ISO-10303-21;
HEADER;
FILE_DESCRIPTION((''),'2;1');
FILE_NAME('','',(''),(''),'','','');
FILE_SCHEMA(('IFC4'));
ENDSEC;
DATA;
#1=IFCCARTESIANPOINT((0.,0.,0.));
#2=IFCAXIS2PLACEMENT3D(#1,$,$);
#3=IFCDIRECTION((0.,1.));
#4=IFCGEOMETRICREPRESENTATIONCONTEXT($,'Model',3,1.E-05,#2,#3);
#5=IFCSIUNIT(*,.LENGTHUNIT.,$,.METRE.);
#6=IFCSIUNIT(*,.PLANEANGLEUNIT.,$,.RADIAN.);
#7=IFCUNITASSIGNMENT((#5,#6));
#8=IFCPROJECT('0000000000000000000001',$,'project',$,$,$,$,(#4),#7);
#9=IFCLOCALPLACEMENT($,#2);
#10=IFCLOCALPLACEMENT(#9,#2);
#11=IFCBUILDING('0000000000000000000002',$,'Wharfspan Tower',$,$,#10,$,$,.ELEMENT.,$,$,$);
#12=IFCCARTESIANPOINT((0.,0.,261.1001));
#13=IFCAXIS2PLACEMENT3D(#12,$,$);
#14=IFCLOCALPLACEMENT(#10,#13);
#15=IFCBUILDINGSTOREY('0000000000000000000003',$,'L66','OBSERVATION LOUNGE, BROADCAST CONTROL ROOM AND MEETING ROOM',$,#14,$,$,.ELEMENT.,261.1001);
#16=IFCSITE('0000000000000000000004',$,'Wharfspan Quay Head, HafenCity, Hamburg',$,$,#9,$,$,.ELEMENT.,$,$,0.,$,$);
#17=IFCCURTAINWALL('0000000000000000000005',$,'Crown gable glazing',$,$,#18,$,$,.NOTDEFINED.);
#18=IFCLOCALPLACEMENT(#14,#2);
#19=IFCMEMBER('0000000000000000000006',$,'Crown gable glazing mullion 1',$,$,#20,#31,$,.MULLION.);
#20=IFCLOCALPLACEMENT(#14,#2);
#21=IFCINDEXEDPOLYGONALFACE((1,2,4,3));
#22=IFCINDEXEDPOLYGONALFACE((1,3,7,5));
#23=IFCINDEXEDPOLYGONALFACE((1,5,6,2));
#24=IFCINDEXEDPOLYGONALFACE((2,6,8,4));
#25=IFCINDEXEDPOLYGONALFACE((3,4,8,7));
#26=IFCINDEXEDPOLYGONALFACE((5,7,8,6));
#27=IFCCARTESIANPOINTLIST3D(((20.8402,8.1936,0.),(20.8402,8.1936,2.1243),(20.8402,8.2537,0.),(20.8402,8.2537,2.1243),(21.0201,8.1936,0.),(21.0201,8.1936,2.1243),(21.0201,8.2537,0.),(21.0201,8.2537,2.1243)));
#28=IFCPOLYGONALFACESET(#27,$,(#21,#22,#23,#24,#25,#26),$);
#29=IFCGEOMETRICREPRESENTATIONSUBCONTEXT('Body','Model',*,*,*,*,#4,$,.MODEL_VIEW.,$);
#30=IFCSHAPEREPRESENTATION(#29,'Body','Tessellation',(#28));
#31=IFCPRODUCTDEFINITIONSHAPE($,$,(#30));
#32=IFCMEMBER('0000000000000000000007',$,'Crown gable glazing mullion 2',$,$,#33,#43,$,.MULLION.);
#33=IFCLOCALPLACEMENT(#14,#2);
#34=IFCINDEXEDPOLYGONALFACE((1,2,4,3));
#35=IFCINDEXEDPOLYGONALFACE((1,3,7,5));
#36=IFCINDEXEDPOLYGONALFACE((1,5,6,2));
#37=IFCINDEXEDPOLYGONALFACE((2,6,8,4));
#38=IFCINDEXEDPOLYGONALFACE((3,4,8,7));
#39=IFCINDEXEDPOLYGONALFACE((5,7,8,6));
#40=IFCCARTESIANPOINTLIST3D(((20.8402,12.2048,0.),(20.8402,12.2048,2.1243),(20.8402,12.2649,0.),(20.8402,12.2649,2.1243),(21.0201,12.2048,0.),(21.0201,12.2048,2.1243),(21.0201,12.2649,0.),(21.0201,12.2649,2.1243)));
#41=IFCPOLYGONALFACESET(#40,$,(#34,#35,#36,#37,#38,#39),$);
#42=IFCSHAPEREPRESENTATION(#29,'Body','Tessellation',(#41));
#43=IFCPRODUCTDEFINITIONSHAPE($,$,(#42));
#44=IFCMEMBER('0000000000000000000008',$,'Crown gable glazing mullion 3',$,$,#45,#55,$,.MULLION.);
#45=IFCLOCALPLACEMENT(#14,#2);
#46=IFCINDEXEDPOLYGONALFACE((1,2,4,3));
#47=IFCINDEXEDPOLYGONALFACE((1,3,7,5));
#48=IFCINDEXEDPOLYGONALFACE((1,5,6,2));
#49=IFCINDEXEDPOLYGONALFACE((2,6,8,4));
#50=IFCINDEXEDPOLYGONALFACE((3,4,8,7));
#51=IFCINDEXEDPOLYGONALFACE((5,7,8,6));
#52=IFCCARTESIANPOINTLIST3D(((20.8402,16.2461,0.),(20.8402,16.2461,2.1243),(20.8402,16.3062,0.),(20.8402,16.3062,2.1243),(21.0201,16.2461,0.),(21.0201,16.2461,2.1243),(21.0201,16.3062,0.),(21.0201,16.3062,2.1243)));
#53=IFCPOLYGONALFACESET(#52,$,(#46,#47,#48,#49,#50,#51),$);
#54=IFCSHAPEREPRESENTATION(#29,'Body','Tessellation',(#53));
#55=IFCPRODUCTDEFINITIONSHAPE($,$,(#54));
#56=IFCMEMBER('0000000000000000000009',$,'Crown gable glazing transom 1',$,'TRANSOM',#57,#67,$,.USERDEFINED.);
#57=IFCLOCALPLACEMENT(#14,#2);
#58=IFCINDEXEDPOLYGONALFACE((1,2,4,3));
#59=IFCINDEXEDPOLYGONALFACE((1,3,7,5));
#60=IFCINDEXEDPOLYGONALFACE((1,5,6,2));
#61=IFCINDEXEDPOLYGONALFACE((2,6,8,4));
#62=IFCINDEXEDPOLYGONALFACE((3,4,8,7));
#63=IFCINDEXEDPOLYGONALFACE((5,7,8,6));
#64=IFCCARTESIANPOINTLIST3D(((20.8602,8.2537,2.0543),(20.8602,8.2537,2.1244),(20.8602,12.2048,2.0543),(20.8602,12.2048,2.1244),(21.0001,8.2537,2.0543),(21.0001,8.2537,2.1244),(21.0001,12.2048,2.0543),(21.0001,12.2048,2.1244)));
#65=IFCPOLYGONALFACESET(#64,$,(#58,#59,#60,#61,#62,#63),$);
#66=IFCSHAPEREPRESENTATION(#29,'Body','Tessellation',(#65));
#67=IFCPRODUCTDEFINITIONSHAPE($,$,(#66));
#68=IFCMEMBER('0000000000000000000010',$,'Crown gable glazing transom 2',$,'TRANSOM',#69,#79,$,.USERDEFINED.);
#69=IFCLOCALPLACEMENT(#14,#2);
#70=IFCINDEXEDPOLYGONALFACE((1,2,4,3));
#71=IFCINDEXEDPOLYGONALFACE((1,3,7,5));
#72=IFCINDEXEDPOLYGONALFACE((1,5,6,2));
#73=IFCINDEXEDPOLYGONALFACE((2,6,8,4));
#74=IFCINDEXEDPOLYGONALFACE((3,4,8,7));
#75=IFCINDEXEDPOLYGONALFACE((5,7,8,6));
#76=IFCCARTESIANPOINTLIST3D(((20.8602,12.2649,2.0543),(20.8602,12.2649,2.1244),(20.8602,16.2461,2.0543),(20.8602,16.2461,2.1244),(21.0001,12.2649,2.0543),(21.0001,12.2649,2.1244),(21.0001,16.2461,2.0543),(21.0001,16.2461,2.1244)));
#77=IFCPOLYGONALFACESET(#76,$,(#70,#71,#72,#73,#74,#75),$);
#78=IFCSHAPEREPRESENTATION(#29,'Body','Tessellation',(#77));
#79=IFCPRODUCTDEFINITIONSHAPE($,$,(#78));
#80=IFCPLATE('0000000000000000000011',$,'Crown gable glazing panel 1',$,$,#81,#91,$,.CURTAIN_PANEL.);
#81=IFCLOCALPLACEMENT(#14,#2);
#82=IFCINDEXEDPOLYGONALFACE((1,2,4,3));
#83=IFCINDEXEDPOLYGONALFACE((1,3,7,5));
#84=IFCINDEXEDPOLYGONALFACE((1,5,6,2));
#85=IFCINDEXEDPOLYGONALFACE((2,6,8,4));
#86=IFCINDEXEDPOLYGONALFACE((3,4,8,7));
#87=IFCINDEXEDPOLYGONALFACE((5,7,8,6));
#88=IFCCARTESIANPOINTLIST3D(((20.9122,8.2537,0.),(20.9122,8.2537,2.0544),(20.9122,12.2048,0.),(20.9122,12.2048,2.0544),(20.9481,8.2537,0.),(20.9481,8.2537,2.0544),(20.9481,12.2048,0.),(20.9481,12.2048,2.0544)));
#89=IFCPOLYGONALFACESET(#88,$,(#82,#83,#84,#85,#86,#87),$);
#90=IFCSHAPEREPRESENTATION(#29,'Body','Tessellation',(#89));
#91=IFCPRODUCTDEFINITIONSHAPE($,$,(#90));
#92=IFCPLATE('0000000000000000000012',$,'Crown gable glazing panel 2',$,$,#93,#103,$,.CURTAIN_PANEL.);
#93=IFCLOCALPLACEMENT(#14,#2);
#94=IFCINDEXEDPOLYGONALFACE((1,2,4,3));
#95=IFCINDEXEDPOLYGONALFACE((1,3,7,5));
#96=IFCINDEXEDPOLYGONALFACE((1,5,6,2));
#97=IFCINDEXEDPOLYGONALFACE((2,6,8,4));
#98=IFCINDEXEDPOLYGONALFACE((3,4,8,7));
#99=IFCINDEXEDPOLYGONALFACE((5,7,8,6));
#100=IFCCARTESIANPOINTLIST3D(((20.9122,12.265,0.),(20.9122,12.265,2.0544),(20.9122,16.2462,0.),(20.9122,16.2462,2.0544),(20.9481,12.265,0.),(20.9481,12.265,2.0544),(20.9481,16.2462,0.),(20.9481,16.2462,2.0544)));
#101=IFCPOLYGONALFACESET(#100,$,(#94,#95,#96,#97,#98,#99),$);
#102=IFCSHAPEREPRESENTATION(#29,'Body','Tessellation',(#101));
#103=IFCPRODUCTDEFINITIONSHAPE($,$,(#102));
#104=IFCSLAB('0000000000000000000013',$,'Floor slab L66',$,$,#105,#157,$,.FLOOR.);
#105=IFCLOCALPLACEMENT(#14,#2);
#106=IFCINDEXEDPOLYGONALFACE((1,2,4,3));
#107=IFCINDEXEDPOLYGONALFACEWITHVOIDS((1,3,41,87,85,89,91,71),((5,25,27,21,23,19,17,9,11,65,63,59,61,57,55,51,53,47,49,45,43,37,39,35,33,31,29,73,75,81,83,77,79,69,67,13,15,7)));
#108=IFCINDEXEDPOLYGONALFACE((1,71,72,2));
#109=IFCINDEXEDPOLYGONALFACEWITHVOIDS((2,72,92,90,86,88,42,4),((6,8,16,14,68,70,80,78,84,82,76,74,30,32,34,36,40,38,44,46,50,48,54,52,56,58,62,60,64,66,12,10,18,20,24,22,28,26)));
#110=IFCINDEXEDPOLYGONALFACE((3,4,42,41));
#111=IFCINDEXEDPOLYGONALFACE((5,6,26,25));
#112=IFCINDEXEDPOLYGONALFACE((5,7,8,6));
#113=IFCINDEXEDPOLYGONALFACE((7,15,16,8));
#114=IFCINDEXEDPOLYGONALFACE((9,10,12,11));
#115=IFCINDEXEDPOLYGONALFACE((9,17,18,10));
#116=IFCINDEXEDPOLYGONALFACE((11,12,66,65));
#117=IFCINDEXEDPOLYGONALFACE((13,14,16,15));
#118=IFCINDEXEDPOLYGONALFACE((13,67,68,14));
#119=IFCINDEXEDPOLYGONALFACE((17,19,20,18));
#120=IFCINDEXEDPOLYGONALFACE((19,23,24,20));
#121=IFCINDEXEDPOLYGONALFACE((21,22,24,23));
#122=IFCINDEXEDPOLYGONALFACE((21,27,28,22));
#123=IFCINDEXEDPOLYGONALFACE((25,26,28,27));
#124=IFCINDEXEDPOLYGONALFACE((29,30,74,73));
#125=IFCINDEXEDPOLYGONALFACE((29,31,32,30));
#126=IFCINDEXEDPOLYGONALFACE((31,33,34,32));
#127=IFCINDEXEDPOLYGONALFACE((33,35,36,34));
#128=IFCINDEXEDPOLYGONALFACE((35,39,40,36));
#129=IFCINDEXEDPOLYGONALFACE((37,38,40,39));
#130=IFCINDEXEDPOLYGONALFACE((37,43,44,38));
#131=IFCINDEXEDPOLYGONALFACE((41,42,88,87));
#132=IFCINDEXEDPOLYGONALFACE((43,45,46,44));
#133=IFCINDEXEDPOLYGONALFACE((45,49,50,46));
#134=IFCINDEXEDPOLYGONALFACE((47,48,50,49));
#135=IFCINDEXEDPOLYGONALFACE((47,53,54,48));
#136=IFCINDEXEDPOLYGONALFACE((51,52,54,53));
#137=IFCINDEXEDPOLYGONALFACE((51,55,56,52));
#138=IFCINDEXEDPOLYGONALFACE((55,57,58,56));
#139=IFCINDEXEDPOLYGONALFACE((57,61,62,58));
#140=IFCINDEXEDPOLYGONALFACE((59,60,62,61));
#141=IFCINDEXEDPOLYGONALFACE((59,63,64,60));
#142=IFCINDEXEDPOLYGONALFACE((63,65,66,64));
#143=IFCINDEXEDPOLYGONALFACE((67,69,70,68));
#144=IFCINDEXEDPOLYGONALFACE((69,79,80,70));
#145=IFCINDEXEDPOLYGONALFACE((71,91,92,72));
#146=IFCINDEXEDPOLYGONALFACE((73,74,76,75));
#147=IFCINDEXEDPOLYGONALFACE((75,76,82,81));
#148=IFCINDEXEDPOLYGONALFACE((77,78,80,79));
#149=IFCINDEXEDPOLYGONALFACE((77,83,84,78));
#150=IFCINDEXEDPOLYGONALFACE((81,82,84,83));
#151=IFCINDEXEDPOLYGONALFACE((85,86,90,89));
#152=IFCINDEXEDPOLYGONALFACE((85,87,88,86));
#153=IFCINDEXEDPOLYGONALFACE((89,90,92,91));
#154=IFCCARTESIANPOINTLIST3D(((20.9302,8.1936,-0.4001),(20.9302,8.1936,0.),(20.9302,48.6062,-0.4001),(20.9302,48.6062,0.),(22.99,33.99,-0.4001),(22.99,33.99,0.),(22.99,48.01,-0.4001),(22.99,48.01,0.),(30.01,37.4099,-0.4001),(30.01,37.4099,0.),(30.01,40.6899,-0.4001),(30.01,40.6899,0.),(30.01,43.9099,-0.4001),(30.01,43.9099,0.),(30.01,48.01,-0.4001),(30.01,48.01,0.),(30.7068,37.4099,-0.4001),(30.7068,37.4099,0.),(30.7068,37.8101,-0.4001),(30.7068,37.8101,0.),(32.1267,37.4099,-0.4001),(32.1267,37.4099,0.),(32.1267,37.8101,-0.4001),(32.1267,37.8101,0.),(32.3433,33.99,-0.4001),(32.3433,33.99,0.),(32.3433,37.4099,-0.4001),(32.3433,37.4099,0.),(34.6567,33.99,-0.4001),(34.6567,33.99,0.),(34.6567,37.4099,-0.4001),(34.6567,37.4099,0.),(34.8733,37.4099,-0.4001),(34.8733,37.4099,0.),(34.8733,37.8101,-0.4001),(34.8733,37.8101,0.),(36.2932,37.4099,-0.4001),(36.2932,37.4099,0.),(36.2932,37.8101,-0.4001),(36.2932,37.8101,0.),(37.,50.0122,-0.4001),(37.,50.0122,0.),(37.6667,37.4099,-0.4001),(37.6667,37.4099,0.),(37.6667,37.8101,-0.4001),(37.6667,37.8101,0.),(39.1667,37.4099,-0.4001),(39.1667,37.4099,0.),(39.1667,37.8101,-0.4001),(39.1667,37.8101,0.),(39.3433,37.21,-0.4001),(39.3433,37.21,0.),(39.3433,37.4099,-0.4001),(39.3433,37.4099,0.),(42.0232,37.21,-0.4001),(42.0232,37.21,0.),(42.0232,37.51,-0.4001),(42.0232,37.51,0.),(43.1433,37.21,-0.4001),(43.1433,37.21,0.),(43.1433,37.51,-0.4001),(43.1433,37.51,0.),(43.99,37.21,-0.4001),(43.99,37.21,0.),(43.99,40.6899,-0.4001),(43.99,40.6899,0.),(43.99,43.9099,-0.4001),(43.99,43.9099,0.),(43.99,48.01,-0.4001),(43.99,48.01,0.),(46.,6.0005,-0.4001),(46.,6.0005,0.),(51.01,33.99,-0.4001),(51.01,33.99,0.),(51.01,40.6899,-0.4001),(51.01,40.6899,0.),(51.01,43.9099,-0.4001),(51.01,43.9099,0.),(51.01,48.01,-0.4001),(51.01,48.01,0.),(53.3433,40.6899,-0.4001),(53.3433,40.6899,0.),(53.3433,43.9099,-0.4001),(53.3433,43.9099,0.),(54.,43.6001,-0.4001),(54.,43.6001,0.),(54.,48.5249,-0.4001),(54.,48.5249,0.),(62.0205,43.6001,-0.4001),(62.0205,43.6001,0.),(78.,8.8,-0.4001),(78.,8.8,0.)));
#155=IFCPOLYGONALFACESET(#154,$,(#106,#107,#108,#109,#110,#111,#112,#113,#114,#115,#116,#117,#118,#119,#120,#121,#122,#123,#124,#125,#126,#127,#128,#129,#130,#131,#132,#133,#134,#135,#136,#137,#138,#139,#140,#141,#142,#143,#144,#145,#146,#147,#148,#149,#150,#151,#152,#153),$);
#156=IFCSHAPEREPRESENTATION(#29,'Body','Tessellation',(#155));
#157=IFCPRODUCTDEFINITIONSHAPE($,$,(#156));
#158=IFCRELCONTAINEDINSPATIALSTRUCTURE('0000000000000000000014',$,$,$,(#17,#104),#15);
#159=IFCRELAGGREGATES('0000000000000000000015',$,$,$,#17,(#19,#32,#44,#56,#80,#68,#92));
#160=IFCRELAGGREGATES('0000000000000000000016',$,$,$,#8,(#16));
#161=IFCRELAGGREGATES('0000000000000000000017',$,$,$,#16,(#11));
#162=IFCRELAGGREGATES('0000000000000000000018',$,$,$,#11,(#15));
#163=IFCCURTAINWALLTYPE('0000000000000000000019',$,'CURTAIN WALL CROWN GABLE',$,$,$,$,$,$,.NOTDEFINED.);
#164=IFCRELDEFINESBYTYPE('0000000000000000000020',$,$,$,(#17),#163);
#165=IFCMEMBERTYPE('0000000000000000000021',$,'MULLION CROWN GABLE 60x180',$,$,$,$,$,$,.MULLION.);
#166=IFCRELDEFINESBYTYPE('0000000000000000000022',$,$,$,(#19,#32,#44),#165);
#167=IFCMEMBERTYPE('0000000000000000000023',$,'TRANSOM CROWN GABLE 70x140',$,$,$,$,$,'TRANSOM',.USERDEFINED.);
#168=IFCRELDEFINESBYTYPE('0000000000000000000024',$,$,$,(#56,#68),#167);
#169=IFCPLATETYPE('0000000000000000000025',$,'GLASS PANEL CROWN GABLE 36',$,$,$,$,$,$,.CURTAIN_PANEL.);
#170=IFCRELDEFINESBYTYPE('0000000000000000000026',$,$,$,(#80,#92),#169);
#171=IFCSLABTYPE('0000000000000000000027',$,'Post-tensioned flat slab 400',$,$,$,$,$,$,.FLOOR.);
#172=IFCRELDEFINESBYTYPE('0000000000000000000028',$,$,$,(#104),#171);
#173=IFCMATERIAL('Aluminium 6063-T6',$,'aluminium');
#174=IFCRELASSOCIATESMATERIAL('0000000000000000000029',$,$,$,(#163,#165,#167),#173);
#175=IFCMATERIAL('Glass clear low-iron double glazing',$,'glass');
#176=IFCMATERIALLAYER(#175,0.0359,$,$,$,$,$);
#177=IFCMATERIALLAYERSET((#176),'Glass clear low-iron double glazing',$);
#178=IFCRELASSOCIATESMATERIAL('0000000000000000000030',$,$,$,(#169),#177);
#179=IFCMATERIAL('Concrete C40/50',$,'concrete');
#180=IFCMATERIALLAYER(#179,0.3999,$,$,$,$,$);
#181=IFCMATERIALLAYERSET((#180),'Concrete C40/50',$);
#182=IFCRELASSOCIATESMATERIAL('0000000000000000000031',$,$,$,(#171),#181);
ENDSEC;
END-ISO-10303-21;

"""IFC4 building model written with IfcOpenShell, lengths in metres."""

from ifc_helpers import new_model, si_unit, direction, frame, origin, origin_2d, place, context, subcontext, project, spatial, polyline, rectangle, outline, extrude, material, layer, layer_set, material_profile, profile_set, type_object, element, aggregate, save


model = new_model("IFC4")

# Units and contexts
model_context = context("Model", 3, precision=1e-05, world=origin(), true_north=direction((0.0, 1.0)))
body_context = subcontext(model_context, "Body", "Model", "MODEL_VIEW")
ifc_project = project(units=[si_unit("LENGTHUNIT", "METRE"), si_unit("PLANEANGLEUNIT", "RADIAN")], contexts=[model_context])

# Site, building, storey
site_placement = place(None, origin())
site = spatial("IfcSite", under=ifc_project, at=site_placement, Name="Wharfspan Quay Head, HafenCity, Hamburg", CompositionType="ELEMENT", RefElevation=0.0)
building_placement = place(site_placement, origin())
building = spatial("IfcBuilding", under=site, at=building_placement, Name="Wharfspan Tower", CompositionType="ELEMENT")
storey_placement = place(building_placement, frame((0.0, 0.0, 261.1001)))
storey = spatial("IfcBuildingStorey", under=building, at=storey_placement, Name="L66", Description="OBSERVATION LOUNGE, BROADCAST CONTROL ROOM AND MEETING ROOM", CompositionType="ELEMENT", Elevation=261.1001)

# Curtain wall, members, plates
ifc_material_1 = material(Name="Aluminium 6063-T6", Category="aluminium")
curtain_wall_type = type_object("IfcCurtainWallType", Name="CURTAIN WALL CROWN GABLE", PredefinedType="NOTDEFINED", material=ifc_material_1)
curtain_wall_placement = place(storey_placement, origin())
curtain_wall = element("IfcCurtainWall", 1, at=curtain_wall_placement, inside=storey, type_object=curtain_wall_type, Name="Crown gable glazing", PredefinedType="NOTDEFINED")
ifc_material_profile_1 = material_profile(ifc_material_1, rectangle(XDim=0.1799, YDim=0.0601, at=origin_2d()))
ifc_profile_set_1 = profile_set([ifc_material_profile_1], Name="Aluminium 6063-T6")
member_type_1 = type_object("IfcMemberType", Name="MULLION CROWN GABLE 60x180", PredefinedType="MULLION", material=ifc_profile_set_1)
member_1_placement = place(storey_placement, frame((20.9302, 8.2236, 0.0), z_axis=(0.0, 0.0, 1.0), x_axis=(-1.0, 0.0, 0.0)))
member_1 = element("IfcMember", 2, at=member_1_placement, type_object=member_type_1, Name="Crown gable glazing mullion 1", PredefinedType="MULLION", context=body_context, shape_type="SweptSolid", body=[
    extrude(rectangle(XDim=0.1799, YDim=0.0601, at=origin_2d()), origin(), (0.0, 0.0, 1.0), 2.1243),
])
member_2_placement = place(storey_placement, frame((20.9302, 12.2349, 0.0), z_axis=(0.0, 0.0, 1.0), x_axis=(-1.0, 0.0, 0.0)))
member_2 = element("IfcMember", 3, at=member_2_placement, type_object=member_type_1, Name="Crown gable glazing mullion 2", PredefinedType="MULLION", context=body_context, shape_type="SweptSolid", body=[
    extrude(rectangle(XDim=0.1799, YDim=0.0601, at=origin_2d()), origin(), (0.0, 0.0, 1.0), 2.1243),
])
member_3_placement = place(storey_placement, frame((20.9302, 16.2761, 0.0), z_axis=(0.0, 0.0, 1.0), x_axis=(-1.0, 0.0, 0.0)))
member_3 = element("IfcMember", 4, at=member_3_placement, type_object=member_type_1, Name="Crown gable glazing mullion 3", PredefinedType="MULLION", context=body_context, shape_type="SweptSolid", body=[
    extrude(rectangle(XDim=0.1799, YDim=0.0601, at=origin_2d()), origin(), (0.0, 0.0, 1.0), 2.1243),
])
ifc_material_profile_2 = material_profile(ifc_material_1, rectangle(XDim=0.1399, YDim=0.0701, at=origin_2d()))
ifc_profile_set_2 = profile_set([ifc_material_profile_2], Name="Aluminium 6063-T6")
member_type_2 = type_object("IfcMemberType", Name="TRANSOM CROWN GABLE 70x140", ElementType="TRANSOM", PredefinedType="USERDEFINED", material=ifc_profile_set_2)
member_4_placement = place(storey_placement, frame((20.9302, 8.2537, 2.0894), z_axis=(0.0, 1.0, 0.0), x_axis=(-1.0, 0.0, 0.0)))
member_4 = element("IfcMember", 5, at=member_4_placement, type_object=member_type_2, Name="Crown gable glazing transom 1", ObjectType="TRANSOM", PredefinedType="USERDEFINED", context=body_context, shape_type="SweptSolid", body=[
    extrude(rectangle(XDim=0.1399, YDim=0.0701, at=origin_2d()), origin(), (0.0, 0.0, 1.0), 3.9512),
])
member_5_placement = place(storey_placement, frame((20.9302, 12.2649, 2.0894), z_axis=(0.0, 1.0, 0.0), x_axis=(-1.0, 0.0, 0.0)))
member_5 = element("IfcMember", 6, at=member_5_placement, type_object=member_type_2, Name="Crown gable glazing transom 2", ObjectType="TRANSOM", PredefinedType="USERDEFINED", context=body_context, shape_type="SweptSolid", body=[
    extrude(rectangle(XDim=0.1399, YDim=0.0701, at=origin_2d()), origin(), (0.0, 0.0, 1.0), 3.9812),
])
ifc_material_2 = material(Name="Glass clear low-iron double glazing", Category="glass")
ifc_layer_1 = layer(ifc_material_2, 0.0359)
ifc_layer_set_1 = layer_set([ifc_layer_1], Name="Glass clear low-iron double glazing")
plate_type = type_object("IfcPlateType", Name="GLASS PANEL CROWN GABLE 36", PredefinedType="CURTAIN_PANEL", material=ifc_layer_set_1)
plate_1_placement = place(storey_placement, frame((20.9302, 10.2292, 0.0), z_axis=(0.0, 0.0, 1.0), x_axis=(0.0, 1.0, 0.0)))
plate_1 = element("IfcPlate", 7, at=plate_1_placement, type_object=plate_type, Name="Crown gable glazing panel 1", PredefinedType="CURTAIN_PANEL", context=body_context, shape_type="SweptSolid", body=[
    extrude(rectangle(XDim=3.9512, YDim=0.0359, at=origin_2d()), origin(), (0.0, 0.0, 1.0), 2.0544),
])
plate_2_placement = place(storey_placement, frame((20.9302, 14.2556, 0.0), z_axis=(0.0, 0.0, 1.0), x_axis=(0.0, 1.0, 0.0)))
plate_2 = element("IfcPlate", 8, at=plate_2_placement, type_object=plate_type, Name="Crown gable glazing panel 2", PredefinedType="CURTAIN_PANEL", context=body_context, shape_type="SweptSolid", body=[
    extrude(rectangle(XDim=3.9812, YDim=0.0359, at=origin_2d()), origin(), (0.0, 0.0, 1.0), 2.0544),
])
aggregate(curtain_wall, [member_1, member_2, member_3, member_4, plate_1, member_5, plate_2])

# Slab
ifc_material_3 = material(Name="Concrete C40/50", Category="concrete")
ifc_layer_2 = layer(ifc_material_3, 0.3999)
ifc_layer_set_2 = layer_set([ifc_layer_2], Name="Concrete C40/50")
slab_type_1 = type_object("IfcSlabType", Name="Post-tensioned flat slab 400", PredefinedType="FLOOR", material=ifc_layer_set_2)
slab_1_placement = place(storey_placement, frame((0.0, 0.0, -0.4001)))
element("IfcSlab", 9, at=slab_1_placement, inside=storey, type_object=slab_type_1, Name="Floor slab L66", PredefinedType="FLOOR", context=body_context, shape_type="SweptSolid", body=[
    extrude(outline(polyline([(37.0, 50.0122), (20.9302, 48.6062), (20.9302, 8.1936), (46.0, 6.0005), (78.0, 8.8), (62.0205, 43.6001), (54.0, 43.6001), (54.0, 48.5249), (37.0, 50.0122)]), holes=[polyline([(32.1267, 37.8101), (32.1267, 37.4099), (32.3433, 37.4099), (32.3433, 33.99), (22.99, 33.99), (22.99, 48.01), (30.01, 48.01), (30.01, 43.9099), (43.99, 43.9099), (43.99, 48.01), (51.01, 48.01), (51.01, 43.9099), (53.3433, 43.9099), (53.3433, 40.6899), (51.01, 40.6899), (51.01, 33.99), (34.6567, 33.99), (34.6567, 37.4099), (34.8733, 37.4099), (34.8733, 37.8101), (36.2932, 37.8101), (36.2932, 37.4099), (37.6667, 37.4099), (37.6667, 37.8101), (39.1667, 37.8101), (39.1667, 37.4099), (39.3433, 37.4099), (39.3433, 37.21), (42.0232, 37.21), (42.0232, 37.51), (43.1433, 37.51), (43.1433, 37.21), (43.99, 37.21), (43.99, 40.6899), (30.01, 40.6899), (30.01, 37.4099), (30.7068, 37.4099), (30.7068, 37.8101), (32.1267, 37.8101)])]), origin(), (0.0, 0.0, 1.0), 0.4001),
])

save(model, "model.ifc")
